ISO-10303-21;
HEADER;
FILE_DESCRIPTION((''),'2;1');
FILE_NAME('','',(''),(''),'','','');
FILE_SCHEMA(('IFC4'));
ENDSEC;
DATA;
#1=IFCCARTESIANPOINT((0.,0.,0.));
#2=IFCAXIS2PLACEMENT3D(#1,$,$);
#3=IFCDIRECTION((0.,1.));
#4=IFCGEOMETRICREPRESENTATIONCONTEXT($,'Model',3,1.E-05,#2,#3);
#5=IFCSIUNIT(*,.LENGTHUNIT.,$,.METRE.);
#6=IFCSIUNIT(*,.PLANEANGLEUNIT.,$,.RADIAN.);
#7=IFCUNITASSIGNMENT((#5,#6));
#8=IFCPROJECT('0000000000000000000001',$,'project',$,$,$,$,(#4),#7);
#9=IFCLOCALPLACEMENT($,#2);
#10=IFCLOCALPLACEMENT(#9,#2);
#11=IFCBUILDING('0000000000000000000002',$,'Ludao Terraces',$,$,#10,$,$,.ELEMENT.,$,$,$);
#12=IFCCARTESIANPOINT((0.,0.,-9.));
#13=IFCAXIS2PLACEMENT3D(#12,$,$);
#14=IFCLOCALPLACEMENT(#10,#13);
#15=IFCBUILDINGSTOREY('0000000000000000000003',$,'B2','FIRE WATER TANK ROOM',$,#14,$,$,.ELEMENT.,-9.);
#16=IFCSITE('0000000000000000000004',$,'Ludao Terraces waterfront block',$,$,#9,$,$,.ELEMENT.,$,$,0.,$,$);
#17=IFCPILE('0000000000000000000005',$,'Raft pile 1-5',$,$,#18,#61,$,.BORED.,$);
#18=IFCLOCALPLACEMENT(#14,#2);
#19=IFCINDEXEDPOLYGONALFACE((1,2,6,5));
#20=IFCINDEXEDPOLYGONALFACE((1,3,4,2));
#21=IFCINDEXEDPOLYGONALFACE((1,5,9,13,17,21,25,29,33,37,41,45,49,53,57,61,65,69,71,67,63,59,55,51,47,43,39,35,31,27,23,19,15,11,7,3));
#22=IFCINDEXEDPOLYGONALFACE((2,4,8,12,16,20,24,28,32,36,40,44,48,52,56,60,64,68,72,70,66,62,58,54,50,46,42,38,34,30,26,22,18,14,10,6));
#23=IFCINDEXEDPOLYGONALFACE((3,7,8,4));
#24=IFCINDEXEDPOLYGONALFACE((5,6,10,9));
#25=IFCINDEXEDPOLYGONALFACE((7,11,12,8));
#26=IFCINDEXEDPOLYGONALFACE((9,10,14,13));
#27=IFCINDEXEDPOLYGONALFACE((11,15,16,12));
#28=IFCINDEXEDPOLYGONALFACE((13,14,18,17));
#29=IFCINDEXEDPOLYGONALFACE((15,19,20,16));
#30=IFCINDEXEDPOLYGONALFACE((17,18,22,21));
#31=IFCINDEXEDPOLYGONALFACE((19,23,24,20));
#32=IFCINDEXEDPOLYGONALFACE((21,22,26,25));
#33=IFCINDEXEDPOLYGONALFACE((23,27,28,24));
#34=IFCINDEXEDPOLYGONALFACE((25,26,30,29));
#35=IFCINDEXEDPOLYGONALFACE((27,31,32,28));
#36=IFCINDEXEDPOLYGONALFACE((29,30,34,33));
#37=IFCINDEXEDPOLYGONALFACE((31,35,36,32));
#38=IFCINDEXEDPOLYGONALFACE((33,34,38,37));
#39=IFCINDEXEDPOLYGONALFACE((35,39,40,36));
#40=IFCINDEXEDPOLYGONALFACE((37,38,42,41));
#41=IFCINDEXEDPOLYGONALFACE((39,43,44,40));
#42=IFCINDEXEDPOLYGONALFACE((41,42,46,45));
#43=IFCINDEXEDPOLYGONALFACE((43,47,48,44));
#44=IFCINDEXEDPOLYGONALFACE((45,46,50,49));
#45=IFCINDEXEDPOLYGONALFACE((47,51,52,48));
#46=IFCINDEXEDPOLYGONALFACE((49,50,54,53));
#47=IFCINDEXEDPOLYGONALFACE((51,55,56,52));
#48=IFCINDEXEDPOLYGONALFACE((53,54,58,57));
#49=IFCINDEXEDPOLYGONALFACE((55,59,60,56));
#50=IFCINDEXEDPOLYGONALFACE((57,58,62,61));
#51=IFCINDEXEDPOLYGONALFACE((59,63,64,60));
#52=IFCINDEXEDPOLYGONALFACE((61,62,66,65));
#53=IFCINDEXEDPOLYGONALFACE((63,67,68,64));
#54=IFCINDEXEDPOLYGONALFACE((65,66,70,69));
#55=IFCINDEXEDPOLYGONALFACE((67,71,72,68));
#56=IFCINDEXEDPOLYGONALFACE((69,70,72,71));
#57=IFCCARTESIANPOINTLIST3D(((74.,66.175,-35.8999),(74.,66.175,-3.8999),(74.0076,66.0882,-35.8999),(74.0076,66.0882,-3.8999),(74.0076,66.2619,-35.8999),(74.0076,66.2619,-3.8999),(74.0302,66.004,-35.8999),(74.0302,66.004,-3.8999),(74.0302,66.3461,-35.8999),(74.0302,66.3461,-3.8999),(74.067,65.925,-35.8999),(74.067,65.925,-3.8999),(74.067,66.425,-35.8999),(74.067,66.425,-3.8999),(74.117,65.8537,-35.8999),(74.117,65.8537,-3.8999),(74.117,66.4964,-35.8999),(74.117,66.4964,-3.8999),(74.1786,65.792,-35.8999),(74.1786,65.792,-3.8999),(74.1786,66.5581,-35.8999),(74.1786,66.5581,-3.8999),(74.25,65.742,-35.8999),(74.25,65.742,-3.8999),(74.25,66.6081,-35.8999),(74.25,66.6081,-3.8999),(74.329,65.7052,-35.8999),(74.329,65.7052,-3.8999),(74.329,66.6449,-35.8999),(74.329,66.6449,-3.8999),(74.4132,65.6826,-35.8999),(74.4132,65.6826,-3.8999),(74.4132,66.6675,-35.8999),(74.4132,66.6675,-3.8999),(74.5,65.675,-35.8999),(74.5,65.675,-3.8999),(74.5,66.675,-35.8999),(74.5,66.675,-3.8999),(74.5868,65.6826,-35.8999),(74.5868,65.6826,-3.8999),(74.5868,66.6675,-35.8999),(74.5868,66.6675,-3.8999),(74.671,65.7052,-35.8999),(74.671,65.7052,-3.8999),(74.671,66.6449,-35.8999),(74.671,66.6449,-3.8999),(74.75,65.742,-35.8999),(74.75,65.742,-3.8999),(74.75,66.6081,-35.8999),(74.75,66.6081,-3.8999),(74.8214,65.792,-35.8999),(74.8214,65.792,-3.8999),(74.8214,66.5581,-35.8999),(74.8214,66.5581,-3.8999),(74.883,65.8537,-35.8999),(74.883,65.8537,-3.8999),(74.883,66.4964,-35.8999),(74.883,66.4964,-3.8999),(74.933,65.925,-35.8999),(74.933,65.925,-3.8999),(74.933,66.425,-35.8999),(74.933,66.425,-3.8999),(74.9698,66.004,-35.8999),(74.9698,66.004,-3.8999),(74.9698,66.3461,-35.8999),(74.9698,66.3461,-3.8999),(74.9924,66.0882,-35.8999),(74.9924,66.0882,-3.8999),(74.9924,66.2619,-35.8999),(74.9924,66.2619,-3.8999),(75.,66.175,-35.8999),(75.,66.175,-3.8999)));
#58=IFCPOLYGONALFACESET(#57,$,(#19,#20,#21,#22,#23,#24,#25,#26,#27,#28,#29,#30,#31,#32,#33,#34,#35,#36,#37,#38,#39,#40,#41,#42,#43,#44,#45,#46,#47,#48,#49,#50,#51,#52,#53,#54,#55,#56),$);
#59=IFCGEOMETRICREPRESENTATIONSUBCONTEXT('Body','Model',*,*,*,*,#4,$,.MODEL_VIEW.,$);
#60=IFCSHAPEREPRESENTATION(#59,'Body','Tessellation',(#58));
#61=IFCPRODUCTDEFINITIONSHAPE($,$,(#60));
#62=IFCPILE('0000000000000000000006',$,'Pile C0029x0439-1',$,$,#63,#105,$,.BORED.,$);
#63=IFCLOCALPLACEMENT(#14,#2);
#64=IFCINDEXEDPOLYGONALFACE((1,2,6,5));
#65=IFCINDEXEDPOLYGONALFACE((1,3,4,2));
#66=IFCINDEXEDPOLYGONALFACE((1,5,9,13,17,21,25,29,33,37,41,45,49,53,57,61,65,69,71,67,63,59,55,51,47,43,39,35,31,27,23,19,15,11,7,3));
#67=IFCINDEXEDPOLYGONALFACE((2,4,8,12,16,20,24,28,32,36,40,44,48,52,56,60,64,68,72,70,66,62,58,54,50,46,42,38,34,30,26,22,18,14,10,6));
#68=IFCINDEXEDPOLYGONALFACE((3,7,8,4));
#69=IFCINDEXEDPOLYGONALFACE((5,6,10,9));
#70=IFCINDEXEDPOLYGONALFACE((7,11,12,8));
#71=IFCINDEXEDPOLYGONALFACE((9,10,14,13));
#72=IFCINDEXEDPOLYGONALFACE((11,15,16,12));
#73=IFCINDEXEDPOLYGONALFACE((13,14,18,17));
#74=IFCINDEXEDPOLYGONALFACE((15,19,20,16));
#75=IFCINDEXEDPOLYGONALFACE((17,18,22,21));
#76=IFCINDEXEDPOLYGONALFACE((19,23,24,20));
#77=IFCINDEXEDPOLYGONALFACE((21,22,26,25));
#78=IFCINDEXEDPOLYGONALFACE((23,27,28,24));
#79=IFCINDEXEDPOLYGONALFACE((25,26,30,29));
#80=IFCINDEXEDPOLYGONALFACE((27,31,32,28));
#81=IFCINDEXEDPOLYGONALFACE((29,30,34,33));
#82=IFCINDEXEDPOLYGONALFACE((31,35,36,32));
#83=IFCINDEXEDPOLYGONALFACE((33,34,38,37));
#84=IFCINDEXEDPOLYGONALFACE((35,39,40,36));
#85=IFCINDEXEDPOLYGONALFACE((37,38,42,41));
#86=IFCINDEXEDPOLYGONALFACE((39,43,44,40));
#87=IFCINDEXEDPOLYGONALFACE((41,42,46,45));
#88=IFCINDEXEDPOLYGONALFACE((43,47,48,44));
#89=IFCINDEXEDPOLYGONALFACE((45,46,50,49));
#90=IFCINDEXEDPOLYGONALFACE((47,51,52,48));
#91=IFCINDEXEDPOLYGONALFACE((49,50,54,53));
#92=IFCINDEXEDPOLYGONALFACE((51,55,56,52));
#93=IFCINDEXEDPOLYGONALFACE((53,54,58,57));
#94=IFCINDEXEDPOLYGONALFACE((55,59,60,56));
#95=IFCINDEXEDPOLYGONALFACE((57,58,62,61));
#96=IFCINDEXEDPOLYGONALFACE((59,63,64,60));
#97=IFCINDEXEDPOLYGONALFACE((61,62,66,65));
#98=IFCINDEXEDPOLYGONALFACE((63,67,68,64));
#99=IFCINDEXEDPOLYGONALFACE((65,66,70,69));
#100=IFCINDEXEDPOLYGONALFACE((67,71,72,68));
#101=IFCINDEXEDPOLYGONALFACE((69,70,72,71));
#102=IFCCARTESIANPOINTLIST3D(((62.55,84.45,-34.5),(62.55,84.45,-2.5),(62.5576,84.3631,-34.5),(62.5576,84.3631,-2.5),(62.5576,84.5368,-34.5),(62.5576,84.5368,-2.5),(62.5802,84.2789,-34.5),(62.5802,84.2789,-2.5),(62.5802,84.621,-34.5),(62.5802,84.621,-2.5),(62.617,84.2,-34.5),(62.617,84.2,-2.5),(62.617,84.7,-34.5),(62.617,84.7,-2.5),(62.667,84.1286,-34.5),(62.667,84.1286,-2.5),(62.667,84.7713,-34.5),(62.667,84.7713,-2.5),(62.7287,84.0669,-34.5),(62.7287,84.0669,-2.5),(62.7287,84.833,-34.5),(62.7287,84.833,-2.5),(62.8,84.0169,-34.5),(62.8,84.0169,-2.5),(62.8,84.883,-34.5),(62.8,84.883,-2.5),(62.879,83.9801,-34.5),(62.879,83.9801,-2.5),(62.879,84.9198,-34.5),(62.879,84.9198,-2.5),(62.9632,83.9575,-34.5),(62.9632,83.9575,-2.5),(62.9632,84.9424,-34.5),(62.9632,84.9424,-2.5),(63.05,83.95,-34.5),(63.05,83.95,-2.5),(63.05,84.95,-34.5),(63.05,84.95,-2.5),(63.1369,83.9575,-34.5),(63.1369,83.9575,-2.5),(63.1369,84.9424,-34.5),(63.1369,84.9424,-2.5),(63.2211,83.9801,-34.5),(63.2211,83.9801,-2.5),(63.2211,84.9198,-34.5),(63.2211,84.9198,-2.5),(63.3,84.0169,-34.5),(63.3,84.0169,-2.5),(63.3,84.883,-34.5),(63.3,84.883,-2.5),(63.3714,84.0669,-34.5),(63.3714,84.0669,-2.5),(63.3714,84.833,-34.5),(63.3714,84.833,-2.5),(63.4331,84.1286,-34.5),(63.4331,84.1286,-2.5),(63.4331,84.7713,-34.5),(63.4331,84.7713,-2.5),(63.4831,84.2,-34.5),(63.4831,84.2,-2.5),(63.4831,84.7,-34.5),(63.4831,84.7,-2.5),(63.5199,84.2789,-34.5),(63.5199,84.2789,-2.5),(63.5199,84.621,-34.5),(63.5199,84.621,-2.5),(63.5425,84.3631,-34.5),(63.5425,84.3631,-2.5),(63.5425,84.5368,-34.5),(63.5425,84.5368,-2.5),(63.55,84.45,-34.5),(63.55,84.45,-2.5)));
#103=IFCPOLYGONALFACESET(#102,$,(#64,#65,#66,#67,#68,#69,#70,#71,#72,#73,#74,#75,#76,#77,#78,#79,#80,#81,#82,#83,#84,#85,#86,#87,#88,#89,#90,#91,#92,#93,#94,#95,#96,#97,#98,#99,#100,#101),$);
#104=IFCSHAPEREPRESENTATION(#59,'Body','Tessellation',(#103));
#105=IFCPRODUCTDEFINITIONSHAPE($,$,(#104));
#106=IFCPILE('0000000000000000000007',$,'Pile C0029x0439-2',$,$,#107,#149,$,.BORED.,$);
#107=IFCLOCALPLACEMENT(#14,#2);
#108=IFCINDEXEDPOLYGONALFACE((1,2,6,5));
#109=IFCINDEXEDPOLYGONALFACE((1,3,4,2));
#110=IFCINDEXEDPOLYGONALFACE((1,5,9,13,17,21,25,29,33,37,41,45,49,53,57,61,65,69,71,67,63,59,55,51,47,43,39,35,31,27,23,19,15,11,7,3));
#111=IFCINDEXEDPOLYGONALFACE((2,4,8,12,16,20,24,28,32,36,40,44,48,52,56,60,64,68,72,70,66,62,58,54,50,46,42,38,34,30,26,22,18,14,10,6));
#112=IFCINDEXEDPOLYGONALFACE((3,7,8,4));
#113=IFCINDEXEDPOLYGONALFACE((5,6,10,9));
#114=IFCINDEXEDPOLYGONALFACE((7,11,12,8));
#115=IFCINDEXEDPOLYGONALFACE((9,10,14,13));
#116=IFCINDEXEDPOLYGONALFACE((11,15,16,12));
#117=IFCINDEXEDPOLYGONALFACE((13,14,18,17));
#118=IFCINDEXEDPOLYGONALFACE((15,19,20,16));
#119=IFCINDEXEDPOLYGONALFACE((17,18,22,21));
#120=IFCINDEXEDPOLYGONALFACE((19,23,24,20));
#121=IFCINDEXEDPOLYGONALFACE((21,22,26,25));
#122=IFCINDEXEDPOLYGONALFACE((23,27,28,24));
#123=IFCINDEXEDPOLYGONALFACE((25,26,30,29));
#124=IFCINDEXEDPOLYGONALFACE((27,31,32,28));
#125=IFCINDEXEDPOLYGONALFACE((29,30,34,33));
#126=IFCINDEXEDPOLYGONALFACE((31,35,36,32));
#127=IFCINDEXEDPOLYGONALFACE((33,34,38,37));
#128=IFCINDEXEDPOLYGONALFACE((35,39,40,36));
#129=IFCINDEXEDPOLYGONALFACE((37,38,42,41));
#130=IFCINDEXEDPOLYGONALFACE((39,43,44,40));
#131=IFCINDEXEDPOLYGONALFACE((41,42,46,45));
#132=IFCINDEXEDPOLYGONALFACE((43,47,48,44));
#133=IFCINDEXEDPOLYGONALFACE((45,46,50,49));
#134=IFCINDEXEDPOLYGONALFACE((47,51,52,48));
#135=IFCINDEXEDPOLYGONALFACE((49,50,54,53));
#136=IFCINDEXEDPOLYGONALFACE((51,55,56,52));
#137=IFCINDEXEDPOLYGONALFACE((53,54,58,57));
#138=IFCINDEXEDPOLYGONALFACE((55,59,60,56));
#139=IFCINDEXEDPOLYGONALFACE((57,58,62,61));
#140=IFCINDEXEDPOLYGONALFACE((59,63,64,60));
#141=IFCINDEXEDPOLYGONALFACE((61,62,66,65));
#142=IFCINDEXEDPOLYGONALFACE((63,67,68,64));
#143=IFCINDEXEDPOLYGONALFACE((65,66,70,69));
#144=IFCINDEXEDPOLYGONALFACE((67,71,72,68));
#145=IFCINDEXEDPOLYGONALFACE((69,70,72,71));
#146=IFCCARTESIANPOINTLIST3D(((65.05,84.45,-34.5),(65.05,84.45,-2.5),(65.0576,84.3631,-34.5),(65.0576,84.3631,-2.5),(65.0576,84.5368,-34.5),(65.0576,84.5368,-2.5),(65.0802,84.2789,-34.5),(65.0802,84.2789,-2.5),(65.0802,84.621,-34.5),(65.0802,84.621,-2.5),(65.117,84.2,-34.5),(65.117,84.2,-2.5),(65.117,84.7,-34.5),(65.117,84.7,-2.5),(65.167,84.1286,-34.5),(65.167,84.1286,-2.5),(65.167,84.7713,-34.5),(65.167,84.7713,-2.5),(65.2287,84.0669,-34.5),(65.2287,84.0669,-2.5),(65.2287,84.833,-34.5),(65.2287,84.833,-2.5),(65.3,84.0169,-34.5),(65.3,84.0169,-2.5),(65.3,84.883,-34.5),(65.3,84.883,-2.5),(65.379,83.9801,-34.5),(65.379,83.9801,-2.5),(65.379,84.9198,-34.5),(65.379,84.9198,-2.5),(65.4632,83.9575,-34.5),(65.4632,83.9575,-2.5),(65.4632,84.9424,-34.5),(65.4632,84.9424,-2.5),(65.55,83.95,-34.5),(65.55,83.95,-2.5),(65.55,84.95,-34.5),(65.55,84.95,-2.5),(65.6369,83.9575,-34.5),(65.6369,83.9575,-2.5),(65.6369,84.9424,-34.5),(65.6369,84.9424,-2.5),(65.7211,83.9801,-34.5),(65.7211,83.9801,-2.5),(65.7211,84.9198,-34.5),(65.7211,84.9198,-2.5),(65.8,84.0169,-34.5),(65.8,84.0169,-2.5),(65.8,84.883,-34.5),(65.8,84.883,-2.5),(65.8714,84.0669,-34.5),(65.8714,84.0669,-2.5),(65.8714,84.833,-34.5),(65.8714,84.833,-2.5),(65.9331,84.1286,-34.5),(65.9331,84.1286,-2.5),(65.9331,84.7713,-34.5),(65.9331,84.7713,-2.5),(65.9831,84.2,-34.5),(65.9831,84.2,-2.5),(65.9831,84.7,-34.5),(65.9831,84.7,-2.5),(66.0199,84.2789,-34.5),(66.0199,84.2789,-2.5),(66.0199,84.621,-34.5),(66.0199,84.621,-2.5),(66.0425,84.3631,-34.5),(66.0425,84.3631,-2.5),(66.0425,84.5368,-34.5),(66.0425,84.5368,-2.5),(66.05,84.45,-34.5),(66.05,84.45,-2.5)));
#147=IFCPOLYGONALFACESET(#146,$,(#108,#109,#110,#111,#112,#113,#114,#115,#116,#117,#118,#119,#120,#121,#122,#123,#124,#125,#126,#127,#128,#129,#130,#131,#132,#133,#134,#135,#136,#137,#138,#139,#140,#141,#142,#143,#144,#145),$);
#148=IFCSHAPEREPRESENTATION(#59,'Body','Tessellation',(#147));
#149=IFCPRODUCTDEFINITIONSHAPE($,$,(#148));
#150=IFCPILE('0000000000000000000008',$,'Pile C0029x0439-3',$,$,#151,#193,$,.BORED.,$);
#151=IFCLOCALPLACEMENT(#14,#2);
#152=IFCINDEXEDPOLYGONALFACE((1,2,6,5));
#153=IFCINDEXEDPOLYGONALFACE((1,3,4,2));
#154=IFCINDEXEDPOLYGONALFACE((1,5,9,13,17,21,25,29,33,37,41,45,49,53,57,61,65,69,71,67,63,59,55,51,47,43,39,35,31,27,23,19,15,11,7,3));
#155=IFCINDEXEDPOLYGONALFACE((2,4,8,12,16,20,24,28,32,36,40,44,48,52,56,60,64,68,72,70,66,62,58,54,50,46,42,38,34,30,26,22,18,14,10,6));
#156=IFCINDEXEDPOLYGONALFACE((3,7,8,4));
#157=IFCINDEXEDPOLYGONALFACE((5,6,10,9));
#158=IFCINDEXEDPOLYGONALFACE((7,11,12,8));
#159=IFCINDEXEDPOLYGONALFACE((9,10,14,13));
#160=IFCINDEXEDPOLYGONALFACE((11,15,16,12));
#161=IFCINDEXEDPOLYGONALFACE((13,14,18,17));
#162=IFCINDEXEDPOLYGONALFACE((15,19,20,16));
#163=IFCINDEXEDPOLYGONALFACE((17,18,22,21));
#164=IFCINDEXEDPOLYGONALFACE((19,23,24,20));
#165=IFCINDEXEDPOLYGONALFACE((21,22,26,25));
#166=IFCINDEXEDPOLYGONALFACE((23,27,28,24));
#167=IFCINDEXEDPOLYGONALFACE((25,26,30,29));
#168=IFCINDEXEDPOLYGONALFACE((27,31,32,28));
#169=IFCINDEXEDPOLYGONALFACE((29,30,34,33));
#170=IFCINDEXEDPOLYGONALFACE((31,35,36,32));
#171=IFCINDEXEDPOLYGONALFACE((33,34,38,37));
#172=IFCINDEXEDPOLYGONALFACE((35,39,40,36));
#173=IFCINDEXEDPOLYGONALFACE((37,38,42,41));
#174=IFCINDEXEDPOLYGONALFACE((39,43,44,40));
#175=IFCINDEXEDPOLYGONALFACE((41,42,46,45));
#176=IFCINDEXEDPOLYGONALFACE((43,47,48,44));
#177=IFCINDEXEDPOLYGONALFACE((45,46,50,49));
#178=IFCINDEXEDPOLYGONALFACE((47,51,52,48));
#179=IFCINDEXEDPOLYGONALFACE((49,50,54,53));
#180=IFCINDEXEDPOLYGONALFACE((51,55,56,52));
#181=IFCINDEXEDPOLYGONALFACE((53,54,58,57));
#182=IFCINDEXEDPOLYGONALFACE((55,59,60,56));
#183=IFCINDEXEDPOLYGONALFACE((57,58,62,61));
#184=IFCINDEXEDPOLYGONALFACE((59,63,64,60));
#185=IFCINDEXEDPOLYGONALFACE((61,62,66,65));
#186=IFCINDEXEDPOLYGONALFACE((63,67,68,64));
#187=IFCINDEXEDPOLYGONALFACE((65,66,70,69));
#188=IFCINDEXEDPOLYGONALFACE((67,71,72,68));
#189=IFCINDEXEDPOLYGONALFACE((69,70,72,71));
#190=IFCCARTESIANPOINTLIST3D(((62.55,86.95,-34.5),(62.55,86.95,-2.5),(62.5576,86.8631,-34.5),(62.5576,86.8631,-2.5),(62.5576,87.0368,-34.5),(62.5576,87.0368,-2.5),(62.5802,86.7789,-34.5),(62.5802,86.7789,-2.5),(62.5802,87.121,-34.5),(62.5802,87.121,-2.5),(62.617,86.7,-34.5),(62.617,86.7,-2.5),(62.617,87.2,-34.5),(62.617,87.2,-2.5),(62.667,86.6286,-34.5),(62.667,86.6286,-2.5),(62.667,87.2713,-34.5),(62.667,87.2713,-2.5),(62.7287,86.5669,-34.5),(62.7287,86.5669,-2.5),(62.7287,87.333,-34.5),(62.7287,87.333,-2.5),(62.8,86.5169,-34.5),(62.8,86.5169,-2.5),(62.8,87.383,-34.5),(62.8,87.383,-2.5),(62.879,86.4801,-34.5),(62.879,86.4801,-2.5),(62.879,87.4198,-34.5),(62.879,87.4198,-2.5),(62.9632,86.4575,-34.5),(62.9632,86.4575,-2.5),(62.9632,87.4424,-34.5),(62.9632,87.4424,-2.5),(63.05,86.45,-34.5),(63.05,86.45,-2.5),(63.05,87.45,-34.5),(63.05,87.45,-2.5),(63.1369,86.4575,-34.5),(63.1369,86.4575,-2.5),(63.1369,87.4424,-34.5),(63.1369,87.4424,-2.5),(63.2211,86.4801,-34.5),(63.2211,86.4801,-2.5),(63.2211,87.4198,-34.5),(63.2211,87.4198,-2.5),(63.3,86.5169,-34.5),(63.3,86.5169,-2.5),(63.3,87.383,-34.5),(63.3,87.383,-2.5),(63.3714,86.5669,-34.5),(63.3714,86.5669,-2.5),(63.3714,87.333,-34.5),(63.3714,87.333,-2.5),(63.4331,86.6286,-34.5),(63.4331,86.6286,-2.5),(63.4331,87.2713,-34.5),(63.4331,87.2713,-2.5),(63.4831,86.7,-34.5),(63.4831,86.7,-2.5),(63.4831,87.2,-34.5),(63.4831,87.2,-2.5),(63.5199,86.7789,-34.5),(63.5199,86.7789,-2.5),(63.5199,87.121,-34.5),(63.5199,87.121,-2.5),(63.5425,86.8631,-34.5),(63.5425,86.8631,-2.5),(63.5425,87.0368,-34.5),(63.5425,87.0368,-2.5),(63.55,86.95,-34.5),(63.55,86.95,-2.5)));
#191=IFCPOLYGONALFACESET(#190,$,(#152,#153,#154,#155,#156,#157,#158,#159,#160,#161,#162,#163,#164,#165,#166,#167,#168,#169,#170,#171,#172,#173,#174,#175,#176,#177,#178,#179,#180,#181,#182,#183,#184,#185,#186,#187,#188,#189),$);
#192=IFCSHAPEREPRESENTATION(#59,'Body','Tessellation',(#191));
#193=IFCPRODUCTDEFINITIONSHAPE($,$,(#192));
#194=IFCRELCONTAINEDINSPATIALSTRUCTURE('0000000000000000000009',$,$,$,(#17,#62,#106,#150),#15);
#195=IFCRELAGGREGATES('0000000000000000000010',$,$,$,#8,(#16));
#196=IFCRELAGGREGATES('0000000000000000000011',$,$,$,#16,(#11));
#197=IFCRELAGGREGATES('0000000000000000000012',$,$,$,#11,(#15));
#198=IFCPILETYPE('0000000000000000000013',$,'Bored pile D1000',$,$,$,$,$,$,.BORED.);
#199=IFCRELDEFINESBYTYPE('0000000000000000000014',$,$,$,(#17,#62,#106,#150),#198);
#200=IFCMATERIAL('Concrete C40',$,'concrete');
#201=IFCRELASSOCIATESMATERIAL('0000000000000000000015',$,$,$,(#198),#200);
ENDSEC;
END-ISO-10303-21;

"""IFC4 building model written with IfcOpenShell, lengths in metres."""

from ifc_helpers import new_model, si_unit, direction, frame, origin, origin_2d, place, context, subcontext, project, spatial, circle, extrude, material, material_profile, profile_set, type_object, element, save


model = new_model("IFC4")

# Units and contexts
model_context = context("Model", 3, precision=1e-05, world=origin(), true_north=direction((0.0, 1.0)))
body_context = subcontext(model_context, "Body", "Model", "MODEL_VIEW")
ifc_project = project(units=[si_unit("LENGTHUNIT", "METRE"), si_unit("PLANEANGLEUNIT", "RADIAN")], contexts=[model_context])

# Site, building, storey
site_placement = place(None, origin())
site = spatial("IfcSite", under=ifc_project, at=site_placement, Name="Ludao Terraces waterfront block", CompositionType="ELEMENT", RefElevation=0.0)
building_placement = place(site_placement, origin())
building = spatial("IfcBuilding", under=site, at=building_placement, Name="Ludao Terraces", CompositionType="ELEMENT")
storey_placement = place(building_placement, frame((0.0, 0.0, -9.0)))
storey = spatial("IfcBuildingStorey", under=building, at=storey_placement, Name="B2", Description="FIRE WATER TANK ROOM", CompositionType="ELEMENT", Elevation=-9.0)

# Piles
ifc_material_1 = material(Name="Concrete C40", Category="concrete")
ifc_material_profile_1 = material_profile(ifc_material_1, circle(Radius=0.5, at=origin_2d()), Name="D1000 BORED PILE")
ifc_profile_set_1 = profile_set([ifc_material_profile_1], Name="Concrete C40")
pile_type = type_object("IfcPileType", Name="Bored pile D1000", PredefinedType="BORED", material=ifc_profile_set_1)
for number, where, z_axis, x_axis, name in (
    (1, (74.5, 66.175, -3.8999), (0.0, 0.0, -1.0), (1.0, 0.0, 0.0), "Raft pile 1-5"),
    (2, (63.05, 84.45, -2.5), (0.0, 0.0, -1.0), (1.0, 0.0, 0.0), "Pile C0029x0439-1"),
    (3, (65.55, 84.45, -2.5), (0.0, 0.0, -1.0), (1.0, 0.0, 0.0), "Pile C0029x0439-2"),
    (4, (63.05, 86.95, -2.5), (0.0, 0.0, -1.0), (1.0, 0.0, 0.0), "Pile C0029x0439-3"),
):
    element("IfcPile", number, at=place(storey_placement, frame(where, z_axis=z_axis, x_axis=x_axis)), inside=storey, type_object=pile_type, Name=name, PredefinedType="BORED", context=body_context, shape_type="SweptSolid", body=[
        extrude(circle(Radius=0.5, at=origin_2d()), origin(), (0.0, 0.0, 1.0), 32.0),
    ])

save(model, "model.ifc")
